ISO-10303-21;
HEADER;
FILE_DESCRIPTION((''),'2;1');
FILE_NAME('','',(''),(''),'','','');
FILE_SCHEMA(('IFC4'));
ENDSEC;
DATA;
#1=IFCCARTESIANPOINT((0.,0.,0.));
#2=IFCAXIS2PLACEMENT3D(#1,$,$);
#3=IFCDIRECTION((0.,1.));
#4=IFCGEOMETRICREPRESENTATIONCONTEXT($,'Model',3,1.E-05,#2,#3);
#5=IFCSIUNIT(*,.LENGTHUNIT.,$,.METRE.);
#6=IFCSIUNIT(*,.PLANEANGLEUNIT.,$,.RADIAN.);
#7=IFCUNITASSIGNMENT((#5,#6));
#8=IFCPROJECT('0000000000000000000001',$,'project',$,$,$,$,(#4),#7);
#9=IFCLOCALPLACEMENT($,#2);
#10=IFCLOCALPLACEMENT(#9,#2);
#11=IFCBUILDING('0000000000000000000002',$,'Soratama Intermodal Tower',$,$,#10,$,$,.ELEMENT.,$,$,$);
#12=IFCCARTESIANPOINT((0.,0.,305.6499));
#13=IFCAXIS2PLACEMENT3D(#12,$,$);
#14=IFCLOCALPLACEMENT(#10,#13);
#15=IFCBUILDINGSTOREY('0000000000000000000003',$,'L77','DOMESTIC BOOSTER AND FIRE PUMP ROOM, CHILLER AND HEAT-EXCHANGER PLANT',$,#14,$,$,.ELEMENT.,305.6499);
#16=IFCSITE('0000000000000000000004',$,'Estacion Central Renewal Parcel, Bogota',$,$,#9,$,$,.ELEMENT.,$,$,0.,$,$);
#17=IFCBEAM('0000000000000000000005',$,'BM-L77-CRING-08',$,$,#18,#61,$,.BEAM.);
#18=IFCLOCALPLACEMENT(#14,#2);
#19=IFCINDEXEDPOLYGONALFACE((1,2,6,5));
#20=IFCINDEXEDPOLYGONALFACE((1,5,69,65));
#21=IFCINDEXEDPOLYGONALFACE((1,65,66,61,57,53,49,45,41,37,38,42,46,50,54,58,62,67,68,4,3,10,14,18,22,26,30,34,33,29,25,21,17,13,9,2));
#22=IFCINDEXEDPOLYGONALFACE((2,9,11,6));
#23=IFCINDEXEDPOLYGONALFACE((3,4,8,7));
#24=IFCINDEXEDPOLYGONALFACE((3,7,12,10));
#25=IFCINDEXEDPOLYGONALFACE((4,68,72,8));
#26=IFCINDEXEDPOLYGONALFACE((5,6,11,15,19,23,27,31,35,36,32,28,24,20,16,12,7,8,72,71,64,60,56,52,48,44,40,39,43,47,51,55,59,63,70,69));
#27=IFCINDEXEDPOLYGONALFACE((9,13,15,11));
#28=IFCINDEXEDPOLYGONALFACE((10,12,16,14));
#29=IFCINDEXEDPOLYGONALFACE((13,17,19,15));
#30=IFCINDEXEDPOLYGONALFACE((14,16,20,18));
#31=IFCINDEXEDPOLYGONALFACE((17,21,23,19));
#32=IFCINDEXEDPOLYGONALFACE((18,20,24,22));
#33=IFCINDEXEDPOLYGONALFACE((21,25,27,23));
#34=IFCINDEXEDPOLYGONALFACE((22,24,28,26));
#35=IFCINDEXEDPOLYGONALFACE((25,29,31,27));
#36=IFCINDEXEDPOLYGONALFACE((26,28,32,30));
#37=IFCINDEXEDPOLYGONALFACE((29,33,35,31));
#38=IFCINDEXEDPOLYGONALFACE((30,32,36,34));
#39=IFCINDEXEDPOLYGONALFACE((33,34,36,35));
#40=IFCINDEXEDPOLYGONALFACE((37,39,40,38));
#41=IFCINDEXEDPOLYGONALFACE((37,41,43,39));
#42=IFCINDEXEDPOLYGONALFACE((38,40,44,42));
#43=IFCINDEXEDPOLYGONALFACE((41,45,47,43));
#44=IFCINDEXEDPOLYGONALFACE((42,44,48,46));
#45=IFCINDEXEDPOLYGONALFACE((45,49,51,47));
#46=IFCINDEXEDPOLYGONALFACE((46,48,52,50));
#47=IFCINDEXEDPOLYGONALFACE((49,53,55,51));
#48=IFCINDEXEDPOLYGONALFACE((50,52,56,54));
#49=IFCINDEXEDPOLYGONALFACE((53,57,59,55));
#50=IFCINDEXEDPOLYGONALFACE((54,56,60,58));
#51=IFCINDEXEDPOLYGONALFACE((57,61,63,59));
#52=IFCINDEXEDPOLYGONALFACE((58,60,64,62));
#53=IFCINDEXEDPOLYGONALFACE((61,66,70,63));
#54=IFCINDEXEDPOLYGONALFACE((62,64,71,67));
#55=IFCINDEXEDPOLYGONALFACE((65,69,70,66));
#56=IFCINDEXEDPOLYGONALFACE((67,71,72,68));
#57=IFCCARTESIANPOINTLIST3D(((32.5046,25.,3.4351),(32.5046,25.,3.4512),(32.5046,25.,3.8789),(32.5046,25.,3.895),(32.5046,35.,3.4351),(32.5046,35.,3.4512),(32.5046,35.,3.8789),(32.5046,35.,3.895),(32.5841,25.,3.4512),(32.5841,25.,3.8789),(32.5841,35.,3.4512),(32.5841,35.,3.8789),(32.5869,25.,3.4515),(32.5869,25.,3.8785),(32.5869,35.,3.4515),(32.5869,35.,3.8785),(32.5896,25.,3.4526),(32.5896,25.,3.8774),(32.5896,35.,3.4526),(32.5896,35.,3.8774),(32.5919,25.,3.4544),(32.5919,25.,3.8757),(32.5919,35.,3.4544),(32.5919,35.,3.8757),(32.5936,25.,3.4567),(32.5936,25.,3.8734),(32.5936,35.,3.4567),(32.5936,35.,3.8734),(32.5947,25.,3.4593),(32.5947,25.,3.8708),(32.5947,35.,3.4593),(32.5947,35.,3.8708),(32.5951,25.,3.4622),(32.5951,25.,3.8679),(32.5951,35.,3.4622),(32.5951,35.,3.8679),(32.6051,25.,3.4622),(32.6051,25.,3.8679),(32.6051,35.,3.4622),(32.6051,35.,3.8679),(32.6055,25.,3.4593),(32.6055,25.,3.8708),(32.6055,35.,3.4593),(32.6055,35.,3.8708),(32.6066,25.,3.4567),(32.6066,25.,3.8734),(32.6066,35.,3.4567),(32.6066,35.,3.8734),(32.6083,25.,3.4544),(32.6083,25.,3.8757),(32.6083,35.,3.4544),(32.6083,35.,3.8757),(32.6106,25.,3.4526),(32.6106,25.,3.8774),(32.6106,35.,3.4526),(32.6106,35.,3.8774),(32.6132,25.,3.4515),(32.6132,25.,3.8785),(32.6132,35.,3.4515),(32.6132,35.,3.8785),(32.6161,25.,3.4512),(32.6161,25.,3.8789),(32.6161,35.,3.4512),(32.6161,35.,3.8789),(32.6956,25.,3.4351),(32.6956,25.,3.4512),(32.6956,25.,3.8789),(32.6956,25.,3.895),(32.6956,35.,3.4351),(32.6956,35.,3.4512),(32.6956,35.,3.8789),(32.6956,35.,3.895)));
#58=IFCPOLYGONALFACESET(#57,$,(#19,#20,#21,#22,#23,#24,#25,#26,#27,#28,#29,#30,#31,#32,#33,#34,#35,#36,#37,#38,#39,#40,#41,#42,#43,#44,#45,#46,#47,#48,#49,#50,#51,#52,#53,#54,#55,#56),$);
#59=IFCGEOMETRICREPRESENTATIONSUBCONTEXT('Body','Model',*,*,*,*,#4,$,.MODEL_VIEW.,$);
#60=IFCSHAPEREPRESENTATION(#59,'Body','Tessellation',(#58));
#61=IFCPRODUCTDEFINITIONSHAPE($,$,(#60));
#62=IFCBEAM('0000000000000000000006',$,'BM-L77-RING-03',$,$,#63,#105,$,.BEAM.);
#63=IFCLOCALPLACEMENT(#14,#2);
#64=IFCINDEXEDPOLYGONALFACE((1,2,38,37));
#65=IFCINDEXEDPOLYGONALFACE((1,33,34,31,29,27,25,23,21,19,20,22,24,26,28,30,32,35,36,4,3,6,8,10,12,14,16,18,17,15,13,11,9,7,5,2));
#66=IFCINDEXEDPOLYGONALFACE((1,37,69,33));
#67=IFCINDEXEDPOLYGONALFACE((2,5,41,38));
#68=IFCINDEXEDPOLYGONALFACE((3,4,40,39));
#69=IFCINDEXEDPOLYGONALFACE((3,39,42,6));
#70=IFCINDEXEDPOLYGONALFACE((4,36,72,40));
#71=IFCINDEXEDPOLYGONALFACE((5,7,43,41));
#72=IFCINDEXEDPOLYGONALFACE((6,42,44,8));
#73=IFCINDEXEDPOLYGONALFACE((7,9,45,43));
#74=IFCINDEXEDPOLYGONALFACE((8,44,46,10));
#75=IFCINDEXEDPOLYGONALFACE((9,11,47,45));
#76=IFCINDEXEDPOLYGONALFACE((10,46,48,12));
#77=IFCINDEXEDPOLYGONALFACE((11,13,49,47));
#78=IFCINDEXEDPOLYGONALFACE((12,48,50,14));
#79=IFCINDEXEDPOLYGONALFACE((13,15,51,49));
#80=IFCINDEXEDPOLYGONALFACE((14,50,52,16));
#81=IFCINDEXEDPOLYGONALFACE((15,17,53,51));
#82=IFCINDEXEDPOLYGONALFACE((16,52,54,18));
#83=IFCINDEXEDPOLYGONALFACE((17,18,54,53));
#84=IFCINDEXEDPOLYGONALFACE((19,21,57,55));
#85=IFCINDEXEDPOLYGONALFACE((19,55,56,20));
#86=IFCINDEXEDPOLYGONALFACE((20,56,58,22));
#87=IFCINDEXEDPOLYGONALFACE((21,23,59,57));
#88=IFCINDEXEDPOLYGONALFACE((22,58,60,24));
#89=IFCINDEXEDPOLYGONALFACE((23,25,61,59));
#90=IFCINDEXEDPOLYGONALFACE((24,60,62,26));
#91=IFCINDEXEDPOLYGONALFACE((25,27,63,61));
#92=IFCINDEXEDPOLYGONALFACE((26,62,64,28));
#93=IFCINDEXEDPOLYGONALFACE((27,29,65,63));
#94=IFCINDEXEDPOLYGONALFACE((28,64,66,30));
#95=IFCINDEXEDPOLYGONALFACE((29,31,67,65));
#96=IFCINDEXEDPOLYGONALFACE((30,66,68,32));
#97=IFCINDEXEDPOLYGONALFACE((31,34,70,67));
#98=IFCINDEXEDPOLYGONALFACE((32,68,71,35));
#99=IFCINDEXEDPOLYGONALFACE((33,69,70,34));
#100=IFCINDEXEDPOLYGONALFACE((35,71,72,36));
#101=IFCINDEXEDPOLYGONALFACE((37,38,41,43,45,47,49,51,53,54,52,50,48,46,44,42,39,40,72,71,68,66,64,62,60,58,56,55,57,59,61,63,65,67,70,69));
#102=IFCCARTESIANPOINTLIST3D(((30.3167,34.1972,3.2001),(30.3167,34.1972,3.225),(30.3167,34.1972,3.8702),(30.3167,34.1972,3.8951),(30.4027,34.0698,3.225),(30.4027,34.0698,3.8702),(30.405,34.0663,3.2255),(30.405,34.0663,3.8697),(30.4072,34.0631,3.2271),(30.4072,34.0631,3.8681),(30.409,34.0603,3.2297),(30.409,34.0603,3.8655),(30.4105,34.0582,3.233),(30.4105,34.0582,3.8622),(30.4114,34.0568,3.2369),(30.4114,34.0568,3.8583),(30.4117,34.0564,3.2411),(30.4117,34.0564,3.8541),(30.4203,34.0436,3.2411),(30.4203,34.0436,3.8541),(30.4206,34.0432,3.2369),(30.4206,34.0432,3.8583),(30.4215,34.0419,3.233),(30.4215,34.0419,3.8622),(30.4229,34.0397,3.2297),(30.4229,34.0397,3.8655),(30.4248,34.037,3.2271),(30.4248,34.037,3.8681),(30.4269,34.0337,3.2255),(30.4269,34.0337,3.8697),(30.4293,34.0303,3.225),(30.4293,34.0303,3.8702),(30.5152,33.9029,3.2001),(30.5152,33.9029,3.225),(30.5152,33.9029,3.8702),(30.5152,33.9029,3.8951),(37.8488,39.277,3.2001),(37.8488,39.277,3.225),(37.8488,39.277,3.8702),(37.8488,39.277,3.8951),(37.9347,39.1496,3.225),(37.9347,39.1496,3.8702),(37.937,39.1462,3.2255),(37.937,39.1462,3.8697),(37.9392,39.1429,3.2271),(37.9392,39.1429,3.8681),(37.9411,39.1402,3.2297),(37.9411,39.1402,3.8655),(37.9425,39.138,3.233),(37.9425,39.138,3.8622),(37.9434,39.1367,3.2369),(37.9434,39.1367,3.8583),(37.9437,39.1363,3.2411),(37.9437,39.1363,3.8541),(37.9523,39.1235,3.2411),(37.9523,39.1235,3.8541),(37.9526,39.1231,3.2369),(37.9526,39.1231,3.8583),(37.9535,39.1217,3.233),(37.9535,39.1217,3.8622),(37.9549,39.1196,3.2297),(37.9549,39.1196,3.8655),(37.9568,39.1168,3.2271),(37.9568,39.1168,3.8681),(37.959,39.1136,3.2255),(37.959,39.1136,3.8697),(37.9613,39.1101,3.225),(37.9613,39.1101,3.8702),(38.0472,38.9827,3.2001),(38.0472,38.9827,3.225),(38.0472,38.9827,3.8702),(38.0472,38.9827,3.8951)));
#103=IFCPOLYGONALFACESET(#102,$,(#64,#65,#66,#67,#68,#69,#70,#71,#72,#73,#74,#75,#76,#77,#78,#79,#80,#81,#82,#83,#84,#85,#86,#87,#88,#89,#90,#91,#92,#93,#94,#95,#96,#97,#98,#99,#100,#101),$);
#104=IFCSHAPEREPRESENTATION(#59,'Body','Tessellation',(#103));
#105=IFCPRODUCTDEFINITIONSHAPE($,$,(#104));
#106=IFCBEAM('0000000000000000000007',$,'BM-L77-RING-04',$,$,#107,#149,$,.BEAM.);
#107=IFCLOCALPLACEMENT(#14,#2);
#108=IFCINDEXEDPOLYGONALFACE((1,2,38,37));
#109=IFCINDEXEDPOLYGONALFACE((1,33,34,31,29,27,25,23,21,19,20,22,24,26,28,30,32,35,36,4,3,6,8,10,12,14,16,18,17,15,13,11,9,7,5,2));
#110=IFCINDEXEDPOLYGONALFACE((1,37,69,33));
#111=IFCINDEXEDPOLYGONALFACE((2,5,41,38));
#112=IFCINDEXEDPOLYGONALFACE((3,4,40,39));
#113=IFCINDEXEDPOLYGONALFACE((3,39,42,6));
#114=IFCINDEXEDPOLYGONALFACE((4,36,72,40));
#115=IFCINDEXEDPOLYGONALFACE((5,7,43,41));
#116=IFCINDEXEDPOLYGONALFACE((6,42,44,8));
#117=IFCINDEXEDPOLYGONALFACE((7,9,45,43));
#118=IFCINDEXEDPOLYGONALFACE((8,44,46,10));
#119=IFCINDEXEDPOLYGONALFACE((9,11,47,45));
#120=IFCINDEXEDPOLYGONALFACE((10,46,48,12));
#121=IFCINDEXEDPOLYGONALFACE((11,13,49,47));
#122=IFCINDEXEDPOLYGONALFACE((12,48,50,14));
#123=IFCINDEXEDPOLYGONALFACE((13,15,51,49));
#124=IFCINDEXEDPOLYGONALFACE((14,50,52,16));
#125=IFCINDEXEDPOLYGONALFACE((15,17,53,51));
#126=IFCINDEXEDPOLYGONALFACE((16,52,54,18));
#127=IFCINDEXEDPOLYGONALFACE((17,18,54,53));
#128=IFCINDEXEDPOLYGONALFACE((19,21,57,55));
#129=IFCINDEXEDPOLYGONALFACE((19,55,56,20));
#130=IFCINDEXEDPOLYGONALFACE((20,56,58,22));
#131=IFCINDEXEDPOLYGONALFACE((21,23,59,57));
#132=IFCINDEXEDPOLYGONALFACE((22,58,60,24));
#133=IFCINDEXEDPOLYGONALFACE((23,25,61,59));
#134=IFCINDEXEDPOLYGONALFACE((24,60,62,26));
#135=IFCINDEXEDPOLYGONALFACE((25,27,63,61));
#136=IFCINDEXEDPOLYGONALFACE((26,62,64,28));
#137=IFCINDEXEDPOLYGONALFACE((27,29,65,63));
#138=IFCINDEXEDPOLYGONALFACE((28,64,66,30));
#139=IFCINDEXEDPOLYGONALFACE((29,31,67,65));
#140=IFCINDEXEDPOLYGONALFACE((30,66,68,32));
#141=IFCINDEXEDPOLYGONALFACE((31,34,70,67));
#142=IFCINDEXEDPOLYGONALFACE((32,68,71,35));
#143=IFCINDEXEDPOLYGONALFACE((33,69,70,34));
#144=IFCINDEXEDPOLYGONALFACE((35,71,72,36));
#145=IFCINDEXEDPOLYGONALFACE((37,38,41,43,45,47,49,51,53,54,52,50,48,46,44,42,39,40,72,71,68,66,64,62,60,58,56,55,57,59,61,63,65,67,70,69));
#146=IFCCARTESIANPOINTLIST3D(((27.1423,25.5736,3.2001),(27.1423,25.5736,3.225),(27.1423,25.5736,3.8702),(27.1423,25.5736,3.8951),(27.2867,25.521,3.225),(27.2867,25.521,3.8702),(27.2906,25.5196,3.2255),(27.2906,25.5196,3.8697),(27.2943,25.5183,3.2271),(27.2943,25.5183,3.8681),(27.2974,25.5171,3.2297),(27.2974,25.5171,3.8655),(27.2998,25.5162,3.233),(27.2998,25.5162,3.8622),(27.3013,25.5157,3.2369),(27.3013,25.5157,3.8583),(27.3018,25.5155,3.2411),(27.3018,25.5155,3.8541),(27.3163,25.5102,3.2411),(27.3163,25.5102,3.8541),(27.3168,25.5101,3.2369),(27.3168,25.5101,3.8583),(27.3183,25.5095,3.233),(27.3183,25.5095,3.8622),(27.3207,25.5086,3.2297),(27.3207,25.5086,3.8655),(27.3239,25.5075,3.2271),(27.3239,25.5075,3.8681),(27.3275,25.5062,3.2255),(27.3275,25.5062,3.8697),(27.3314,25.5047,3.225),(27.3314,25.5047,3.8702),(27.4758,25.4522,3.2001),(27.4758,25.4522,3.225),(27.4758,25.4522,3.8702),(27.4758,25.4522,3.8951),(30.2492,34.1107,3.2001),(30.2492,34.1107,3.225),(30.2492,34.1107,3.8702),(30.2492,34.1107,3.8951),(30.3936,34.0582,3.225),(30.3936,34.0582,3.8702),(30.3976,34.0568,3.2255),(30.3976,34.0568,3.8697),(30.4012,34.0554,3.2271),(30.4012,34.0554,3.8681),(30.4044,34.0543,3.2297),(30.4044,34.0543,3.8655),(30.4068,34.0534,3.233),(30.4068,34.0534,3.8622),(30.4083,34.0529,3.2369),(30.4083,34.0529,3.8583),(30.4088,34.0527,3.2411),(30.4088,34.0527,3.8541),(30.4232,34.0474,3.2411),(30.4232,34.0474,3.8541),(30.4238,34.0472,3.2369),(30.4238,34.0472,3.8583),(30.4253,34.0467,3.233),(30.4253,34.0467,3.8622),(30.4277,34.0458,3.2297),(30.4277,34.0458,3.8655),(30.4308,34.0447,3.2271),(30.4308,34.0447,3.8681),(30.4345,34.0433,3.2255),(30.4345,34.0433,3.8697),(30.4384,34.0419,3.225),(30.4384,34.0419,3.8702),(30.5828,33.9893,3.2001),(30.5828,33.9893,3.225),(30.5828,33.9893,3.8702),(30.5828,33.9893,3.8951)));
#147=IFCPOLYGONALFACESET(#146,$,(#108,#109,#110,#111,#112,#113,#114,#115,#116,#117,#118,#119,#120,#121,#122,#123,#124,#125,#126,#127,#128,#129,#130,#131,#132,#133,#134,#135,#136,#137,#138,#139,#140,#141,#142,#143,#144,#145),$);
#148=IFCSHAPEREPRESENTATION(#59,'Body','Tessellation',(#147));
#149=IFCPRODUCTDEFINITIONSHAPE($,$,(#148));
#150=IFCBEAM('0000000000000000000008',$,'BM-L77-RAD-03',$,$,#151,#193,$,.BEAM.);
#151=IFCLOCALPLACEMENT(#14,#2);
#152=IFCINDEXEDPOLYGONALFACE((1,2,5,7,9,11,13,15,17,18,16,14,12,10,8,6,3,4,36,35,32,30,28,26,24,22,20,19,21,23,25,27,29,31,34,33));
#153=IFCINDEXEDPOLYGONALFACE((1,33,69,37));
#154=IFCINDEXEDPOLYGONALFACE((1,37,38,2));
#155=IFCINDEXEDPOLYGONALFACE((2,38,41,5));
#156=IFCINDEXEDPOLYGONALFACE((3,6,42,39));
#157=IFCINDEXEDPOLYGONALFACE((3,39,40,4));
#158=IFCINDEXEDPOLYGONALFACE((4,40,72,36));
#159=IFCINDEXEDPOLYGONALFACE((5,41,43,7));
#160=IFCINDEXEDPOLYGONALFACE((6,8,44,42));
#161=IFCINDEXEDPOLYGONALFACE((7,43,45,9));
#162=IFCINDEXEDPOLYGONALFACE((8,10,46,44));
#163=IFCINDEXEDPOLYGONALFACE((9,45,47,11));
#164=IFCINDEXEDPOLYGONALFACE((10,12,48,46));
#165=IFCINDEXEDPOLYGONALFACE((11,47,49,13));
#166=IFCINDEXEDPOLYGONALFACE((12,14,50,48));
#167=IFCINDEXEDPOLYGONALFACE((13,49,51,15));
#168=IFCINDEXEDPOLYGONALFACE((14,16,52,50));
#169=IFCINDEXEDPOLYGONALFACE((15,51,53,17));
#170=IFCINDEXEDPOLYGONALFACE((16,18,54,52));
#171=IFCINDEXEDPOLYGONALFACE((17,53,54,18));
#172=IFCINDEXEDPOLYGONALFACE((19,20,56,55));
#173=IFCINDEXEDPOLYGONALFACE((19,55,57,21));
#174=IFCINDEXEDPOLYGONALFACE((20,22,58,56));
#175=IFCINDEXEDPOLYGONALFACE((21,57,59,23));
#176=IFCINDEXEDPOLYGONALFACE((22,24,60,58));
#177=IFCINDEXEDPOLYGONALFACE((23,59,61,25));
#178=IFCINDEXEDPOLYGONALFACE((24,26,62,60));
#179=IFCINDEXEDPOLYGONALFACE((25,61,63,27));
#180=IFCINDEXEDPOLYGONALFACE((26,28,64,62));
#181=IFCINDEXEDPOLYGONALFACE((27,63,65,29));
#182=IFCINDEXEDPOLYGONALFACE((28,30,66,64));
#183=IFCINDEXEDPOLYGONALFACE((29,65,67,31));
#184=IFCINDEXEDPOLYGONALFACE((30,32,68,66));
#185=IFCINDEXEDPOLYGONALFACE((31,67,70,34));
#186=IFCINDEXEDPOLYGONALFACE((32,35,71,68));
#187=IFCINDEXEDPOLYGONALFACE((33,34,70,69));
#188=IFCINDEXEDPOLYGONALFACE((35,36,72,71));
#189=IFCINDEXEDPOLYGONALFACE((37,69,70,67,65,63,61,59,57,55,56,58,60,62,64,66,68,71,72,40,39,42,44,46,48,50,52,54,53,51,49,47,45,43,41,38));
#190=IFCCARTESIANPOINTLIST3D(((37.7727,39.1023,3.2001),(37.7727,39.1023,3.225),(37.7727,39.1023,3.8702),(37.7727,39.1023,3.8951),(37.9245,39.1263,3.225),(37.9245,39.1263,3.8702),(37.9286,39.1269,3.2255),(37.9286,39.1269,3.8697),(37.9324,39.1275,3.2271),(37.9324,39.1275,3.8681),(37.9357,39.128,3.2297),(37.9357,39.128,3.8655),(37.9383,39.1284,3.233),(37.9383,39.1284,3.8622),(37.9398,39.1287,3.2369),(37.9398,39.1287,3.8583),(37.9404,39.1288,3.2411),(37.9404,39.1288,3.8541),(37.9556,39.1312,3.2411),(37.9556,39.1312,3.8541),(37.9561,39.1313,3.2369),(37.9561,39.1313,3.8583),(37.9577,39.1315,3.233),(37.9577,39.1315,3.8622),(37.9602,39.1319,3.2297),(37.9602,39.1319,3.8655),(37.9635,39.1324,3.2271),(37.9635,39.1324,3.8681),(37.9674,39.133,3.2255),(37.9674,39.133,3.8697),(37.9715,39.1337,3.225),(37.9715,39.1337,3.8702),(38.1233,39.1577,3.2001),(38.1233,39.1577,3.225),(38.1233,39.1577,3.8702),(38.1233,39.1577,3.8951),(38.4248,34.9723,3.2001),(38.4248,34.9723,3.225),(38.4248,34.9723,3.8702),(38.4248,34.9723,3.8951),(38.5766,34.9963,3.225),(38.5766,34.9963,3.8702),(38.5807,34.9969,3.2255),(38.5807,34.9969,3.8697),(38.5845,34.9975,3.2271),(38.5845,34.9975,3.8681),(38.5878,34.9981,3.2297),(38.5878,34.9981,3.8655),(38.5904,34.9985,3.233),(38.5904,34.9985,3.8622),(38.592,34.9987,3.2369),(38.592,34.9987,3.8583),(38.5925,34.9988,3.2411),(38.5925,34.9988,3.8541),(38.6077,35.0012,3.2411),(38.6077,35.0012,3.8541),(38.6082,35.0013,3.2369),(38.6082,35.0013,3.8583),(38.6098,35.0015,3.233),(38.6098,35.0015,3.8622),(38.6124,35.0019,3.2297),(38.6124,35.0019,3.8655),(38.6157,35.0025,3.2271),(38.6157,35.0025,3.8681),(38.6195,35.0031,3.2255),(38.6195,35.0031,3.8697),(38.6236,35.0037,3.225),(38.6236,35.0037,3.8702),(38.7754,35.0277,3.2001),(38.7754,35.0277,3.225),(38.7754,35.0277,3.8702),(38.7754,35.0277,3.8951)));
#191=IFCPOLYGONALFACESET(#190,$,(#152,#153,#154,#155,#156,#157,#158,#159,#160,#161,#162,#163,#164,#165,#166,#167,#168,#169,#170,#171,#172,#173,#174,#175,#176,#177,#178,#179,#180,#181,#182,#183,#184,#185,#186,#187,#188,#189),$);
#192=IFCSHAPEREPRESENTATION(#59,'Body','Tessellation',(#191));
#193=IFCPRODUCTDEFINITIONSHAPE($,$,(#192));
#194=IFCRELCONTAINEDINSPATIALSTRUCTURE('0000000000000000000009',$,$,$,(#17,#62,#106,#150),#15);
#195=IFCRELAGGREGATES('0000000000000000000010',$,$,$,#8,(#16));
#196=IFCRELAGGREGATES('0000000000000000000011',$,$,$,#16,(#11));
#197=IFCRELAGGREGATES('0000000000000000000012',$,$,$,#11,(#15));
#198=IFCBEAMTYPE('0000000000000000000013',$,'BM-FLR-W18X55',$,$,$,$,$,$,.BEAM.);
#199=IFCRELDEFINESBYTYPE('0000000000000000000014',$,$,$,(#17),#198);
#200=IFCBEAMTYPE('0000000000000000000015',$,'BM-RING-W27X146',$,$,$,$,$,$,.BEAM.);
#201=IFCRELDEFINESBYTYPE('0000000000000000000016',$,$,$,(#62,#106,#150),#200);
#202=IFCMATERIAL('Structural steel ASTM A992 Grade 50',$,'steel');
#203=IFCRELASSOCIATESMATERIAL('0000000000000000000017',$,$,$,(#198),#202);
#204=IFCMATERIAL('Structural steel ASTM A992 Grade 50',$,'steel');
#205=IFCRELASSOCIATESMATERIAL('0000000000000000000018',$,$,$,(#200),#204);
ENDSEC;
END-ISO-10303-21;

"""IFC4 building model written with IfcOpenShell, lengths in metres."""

from ifc_helpers import new_model, si_unit, direction, frame, origin, origin_2d, place, context, subcontext, project, spatial, i_section, extrude, material, material_profile, profile_set, type_object, element, save


model = new_model("IFC4")

# Units and contexts
model_context = context("Model", 3, precision=1e-05, world=origin(), true_north=direction((0.0, 1.0)))
body_context = subcontext(model_context, "Body", "Model", "MODEL_VIEW")
ifc_project = project(units=[si_unit("LENGTHUNIT", "METRE"), si_unit("PLANEANGLEUNIT", "RADIAN")], contexts=[model_context])

# Site, building, storey
site_placement = place(None, origin())
site = spatial("IfcSite", under=ifc_project, at=site_placement, Name="Estacion Central Renewal Parcel, Bogota", CompositionType="ELEMENT", RefElevation=0.0)
building_placement = place(site_placement, origin())
building = spatial("IfcBuilding", under=site, at=building_placement, Name="Soratama Intermodal Tower", CompositionType="ELEMENT")
storey_placement = place(building_placement, frame((0.0, 0.0, 305.6499)))
storey = spatial("IfcBuildingStorey", under=building, at=storey_placement, Name="L77", Description="DOMESTIC BOOSTER AND FIRE PUMP ROOM, CHILLER AND HEAT-EXCHANGER PLANT", CompositionType="ELEMENT", Elevation=305.6499)

# Beams
ifc_material_1 = material(Name="Structural steel ASTM A992 Grade 50", Category="steel")
ifc_material_profile_1 = material_profile(ifc_material_1, i_section(OverallWidth=0.1909, OverallDepth=0.46, WebThickness=0.01, FlangeThickness=0.0161, FilletRadius=0.011, at=origin_2d()), Name="W18X55")
ifc_profile_set_1 = profile_set([ifc_material_profile_1], Name="Structural steel ASTM A992 Grade 50")
beam_type_1 = type_object("IfcBeamType", Name="BM-FLR-W18X55", PredefinedType="BEAM", material=ifc_profile_set_1)
beam_1_placement = place(storey_placement, frame((32.6001, 35.0, 3.665), z_axis=(0.0, -1.0, 0.0), x_axis=(1.0, 0.0, 0.0)))
element("IfcBeam", 1, at=beam_1_placement, inside=storey, type_object=beam_type_1, Name="BM-L77-CRING-08", PredefinedType="BEAM", context=body_context, shape_type="SweptSolid", body=[
    extrude(i_section(OverallWidth=0.1909, OverallDepth=0.46, WebThickness=0.01, FlangeThickness=0.0161, FilletRadius=0.011, at=origin_2d()), origin(), (0.0, 0.0, 1.0), 10.0),
])
ifc_material_2 = material(Name="Structural steel ASTM A992 Grade 50", Category="steel")
ifc_material_profile_2 = material_profile(ifc_material_2, i_section(OverallWidth=0.355, OverallDepth=0.6951, WebThickness=0.0154, FlangeThickness=0.0249, FilletRadius=0.0161, at=origin_2d()), Name="W27X146")
ifc_profile_set_2 = profile_set([ifc_material_profile_2], Name="Structural steel ASTM A992 Grade 50")
beam_type_2 = type_object("IfcBeamType", Name="BM-RING-W27X146", PredefinedType="BEAM", material=ifc_profile_set_2)
for number, where, z_axis, x_axis, name in (
    (2, (37.948, 39.1299, 3.5476), (-0.829066, -0.559151, 0.0), (0.559151, -0.829066, 0.0), "BM-L77-RING-03"),
    (3, (30.416, 34.05, 3.5476), (-0.341989, -0.939704, 0.0), (0.939704, -0.341989, 0.0), "BM-L77-RING-04"),
):
    element("IfcBeam", number, at=place(storey_placement, frame(where, z_axis=z_axis, x_axis=x_axis)), inside=storey, type_object=beam_type_2, Name=name, PredefinedType="BEAM", context=body_context, shape_type="SweptSolid", body=[
        extrude(i_section(OverallWidth=0.355, OverallDepth=0.6951, WebThickness=0.0154, FlangeThickness=0.0249, FilletRadius=0.0161, at=origin_2d()), origin(), (0.0, 0.0, 1.0), 9.085),
    ])
beam_2_placement = place(storey_placement, frame((38.6001, 35.0, 3.5476), z_axis=(-0.155966, 0.987762, 0.0), x_axis=(-0.987762, -0.155966, 0.0)))
element("IfcBeam", 4, at=beam_2_placement, inside=storey, type_object=beam_type_2, Name="BM-L77-RAD-03", PredefinedType="BEAM", context=body_context, shape_type="SweptSolid", body=[
    extrude(i_section(OverallWidth=0.355, OverallDepth=0.6951, WebThickness=0.0154, FlangeThickness=0.0249, FilletRadius=0.0161, at=origin_2d()), origin(), (0.0, 0.0, 1.0), 4.1812),
])

save(model, "model.ifc")
